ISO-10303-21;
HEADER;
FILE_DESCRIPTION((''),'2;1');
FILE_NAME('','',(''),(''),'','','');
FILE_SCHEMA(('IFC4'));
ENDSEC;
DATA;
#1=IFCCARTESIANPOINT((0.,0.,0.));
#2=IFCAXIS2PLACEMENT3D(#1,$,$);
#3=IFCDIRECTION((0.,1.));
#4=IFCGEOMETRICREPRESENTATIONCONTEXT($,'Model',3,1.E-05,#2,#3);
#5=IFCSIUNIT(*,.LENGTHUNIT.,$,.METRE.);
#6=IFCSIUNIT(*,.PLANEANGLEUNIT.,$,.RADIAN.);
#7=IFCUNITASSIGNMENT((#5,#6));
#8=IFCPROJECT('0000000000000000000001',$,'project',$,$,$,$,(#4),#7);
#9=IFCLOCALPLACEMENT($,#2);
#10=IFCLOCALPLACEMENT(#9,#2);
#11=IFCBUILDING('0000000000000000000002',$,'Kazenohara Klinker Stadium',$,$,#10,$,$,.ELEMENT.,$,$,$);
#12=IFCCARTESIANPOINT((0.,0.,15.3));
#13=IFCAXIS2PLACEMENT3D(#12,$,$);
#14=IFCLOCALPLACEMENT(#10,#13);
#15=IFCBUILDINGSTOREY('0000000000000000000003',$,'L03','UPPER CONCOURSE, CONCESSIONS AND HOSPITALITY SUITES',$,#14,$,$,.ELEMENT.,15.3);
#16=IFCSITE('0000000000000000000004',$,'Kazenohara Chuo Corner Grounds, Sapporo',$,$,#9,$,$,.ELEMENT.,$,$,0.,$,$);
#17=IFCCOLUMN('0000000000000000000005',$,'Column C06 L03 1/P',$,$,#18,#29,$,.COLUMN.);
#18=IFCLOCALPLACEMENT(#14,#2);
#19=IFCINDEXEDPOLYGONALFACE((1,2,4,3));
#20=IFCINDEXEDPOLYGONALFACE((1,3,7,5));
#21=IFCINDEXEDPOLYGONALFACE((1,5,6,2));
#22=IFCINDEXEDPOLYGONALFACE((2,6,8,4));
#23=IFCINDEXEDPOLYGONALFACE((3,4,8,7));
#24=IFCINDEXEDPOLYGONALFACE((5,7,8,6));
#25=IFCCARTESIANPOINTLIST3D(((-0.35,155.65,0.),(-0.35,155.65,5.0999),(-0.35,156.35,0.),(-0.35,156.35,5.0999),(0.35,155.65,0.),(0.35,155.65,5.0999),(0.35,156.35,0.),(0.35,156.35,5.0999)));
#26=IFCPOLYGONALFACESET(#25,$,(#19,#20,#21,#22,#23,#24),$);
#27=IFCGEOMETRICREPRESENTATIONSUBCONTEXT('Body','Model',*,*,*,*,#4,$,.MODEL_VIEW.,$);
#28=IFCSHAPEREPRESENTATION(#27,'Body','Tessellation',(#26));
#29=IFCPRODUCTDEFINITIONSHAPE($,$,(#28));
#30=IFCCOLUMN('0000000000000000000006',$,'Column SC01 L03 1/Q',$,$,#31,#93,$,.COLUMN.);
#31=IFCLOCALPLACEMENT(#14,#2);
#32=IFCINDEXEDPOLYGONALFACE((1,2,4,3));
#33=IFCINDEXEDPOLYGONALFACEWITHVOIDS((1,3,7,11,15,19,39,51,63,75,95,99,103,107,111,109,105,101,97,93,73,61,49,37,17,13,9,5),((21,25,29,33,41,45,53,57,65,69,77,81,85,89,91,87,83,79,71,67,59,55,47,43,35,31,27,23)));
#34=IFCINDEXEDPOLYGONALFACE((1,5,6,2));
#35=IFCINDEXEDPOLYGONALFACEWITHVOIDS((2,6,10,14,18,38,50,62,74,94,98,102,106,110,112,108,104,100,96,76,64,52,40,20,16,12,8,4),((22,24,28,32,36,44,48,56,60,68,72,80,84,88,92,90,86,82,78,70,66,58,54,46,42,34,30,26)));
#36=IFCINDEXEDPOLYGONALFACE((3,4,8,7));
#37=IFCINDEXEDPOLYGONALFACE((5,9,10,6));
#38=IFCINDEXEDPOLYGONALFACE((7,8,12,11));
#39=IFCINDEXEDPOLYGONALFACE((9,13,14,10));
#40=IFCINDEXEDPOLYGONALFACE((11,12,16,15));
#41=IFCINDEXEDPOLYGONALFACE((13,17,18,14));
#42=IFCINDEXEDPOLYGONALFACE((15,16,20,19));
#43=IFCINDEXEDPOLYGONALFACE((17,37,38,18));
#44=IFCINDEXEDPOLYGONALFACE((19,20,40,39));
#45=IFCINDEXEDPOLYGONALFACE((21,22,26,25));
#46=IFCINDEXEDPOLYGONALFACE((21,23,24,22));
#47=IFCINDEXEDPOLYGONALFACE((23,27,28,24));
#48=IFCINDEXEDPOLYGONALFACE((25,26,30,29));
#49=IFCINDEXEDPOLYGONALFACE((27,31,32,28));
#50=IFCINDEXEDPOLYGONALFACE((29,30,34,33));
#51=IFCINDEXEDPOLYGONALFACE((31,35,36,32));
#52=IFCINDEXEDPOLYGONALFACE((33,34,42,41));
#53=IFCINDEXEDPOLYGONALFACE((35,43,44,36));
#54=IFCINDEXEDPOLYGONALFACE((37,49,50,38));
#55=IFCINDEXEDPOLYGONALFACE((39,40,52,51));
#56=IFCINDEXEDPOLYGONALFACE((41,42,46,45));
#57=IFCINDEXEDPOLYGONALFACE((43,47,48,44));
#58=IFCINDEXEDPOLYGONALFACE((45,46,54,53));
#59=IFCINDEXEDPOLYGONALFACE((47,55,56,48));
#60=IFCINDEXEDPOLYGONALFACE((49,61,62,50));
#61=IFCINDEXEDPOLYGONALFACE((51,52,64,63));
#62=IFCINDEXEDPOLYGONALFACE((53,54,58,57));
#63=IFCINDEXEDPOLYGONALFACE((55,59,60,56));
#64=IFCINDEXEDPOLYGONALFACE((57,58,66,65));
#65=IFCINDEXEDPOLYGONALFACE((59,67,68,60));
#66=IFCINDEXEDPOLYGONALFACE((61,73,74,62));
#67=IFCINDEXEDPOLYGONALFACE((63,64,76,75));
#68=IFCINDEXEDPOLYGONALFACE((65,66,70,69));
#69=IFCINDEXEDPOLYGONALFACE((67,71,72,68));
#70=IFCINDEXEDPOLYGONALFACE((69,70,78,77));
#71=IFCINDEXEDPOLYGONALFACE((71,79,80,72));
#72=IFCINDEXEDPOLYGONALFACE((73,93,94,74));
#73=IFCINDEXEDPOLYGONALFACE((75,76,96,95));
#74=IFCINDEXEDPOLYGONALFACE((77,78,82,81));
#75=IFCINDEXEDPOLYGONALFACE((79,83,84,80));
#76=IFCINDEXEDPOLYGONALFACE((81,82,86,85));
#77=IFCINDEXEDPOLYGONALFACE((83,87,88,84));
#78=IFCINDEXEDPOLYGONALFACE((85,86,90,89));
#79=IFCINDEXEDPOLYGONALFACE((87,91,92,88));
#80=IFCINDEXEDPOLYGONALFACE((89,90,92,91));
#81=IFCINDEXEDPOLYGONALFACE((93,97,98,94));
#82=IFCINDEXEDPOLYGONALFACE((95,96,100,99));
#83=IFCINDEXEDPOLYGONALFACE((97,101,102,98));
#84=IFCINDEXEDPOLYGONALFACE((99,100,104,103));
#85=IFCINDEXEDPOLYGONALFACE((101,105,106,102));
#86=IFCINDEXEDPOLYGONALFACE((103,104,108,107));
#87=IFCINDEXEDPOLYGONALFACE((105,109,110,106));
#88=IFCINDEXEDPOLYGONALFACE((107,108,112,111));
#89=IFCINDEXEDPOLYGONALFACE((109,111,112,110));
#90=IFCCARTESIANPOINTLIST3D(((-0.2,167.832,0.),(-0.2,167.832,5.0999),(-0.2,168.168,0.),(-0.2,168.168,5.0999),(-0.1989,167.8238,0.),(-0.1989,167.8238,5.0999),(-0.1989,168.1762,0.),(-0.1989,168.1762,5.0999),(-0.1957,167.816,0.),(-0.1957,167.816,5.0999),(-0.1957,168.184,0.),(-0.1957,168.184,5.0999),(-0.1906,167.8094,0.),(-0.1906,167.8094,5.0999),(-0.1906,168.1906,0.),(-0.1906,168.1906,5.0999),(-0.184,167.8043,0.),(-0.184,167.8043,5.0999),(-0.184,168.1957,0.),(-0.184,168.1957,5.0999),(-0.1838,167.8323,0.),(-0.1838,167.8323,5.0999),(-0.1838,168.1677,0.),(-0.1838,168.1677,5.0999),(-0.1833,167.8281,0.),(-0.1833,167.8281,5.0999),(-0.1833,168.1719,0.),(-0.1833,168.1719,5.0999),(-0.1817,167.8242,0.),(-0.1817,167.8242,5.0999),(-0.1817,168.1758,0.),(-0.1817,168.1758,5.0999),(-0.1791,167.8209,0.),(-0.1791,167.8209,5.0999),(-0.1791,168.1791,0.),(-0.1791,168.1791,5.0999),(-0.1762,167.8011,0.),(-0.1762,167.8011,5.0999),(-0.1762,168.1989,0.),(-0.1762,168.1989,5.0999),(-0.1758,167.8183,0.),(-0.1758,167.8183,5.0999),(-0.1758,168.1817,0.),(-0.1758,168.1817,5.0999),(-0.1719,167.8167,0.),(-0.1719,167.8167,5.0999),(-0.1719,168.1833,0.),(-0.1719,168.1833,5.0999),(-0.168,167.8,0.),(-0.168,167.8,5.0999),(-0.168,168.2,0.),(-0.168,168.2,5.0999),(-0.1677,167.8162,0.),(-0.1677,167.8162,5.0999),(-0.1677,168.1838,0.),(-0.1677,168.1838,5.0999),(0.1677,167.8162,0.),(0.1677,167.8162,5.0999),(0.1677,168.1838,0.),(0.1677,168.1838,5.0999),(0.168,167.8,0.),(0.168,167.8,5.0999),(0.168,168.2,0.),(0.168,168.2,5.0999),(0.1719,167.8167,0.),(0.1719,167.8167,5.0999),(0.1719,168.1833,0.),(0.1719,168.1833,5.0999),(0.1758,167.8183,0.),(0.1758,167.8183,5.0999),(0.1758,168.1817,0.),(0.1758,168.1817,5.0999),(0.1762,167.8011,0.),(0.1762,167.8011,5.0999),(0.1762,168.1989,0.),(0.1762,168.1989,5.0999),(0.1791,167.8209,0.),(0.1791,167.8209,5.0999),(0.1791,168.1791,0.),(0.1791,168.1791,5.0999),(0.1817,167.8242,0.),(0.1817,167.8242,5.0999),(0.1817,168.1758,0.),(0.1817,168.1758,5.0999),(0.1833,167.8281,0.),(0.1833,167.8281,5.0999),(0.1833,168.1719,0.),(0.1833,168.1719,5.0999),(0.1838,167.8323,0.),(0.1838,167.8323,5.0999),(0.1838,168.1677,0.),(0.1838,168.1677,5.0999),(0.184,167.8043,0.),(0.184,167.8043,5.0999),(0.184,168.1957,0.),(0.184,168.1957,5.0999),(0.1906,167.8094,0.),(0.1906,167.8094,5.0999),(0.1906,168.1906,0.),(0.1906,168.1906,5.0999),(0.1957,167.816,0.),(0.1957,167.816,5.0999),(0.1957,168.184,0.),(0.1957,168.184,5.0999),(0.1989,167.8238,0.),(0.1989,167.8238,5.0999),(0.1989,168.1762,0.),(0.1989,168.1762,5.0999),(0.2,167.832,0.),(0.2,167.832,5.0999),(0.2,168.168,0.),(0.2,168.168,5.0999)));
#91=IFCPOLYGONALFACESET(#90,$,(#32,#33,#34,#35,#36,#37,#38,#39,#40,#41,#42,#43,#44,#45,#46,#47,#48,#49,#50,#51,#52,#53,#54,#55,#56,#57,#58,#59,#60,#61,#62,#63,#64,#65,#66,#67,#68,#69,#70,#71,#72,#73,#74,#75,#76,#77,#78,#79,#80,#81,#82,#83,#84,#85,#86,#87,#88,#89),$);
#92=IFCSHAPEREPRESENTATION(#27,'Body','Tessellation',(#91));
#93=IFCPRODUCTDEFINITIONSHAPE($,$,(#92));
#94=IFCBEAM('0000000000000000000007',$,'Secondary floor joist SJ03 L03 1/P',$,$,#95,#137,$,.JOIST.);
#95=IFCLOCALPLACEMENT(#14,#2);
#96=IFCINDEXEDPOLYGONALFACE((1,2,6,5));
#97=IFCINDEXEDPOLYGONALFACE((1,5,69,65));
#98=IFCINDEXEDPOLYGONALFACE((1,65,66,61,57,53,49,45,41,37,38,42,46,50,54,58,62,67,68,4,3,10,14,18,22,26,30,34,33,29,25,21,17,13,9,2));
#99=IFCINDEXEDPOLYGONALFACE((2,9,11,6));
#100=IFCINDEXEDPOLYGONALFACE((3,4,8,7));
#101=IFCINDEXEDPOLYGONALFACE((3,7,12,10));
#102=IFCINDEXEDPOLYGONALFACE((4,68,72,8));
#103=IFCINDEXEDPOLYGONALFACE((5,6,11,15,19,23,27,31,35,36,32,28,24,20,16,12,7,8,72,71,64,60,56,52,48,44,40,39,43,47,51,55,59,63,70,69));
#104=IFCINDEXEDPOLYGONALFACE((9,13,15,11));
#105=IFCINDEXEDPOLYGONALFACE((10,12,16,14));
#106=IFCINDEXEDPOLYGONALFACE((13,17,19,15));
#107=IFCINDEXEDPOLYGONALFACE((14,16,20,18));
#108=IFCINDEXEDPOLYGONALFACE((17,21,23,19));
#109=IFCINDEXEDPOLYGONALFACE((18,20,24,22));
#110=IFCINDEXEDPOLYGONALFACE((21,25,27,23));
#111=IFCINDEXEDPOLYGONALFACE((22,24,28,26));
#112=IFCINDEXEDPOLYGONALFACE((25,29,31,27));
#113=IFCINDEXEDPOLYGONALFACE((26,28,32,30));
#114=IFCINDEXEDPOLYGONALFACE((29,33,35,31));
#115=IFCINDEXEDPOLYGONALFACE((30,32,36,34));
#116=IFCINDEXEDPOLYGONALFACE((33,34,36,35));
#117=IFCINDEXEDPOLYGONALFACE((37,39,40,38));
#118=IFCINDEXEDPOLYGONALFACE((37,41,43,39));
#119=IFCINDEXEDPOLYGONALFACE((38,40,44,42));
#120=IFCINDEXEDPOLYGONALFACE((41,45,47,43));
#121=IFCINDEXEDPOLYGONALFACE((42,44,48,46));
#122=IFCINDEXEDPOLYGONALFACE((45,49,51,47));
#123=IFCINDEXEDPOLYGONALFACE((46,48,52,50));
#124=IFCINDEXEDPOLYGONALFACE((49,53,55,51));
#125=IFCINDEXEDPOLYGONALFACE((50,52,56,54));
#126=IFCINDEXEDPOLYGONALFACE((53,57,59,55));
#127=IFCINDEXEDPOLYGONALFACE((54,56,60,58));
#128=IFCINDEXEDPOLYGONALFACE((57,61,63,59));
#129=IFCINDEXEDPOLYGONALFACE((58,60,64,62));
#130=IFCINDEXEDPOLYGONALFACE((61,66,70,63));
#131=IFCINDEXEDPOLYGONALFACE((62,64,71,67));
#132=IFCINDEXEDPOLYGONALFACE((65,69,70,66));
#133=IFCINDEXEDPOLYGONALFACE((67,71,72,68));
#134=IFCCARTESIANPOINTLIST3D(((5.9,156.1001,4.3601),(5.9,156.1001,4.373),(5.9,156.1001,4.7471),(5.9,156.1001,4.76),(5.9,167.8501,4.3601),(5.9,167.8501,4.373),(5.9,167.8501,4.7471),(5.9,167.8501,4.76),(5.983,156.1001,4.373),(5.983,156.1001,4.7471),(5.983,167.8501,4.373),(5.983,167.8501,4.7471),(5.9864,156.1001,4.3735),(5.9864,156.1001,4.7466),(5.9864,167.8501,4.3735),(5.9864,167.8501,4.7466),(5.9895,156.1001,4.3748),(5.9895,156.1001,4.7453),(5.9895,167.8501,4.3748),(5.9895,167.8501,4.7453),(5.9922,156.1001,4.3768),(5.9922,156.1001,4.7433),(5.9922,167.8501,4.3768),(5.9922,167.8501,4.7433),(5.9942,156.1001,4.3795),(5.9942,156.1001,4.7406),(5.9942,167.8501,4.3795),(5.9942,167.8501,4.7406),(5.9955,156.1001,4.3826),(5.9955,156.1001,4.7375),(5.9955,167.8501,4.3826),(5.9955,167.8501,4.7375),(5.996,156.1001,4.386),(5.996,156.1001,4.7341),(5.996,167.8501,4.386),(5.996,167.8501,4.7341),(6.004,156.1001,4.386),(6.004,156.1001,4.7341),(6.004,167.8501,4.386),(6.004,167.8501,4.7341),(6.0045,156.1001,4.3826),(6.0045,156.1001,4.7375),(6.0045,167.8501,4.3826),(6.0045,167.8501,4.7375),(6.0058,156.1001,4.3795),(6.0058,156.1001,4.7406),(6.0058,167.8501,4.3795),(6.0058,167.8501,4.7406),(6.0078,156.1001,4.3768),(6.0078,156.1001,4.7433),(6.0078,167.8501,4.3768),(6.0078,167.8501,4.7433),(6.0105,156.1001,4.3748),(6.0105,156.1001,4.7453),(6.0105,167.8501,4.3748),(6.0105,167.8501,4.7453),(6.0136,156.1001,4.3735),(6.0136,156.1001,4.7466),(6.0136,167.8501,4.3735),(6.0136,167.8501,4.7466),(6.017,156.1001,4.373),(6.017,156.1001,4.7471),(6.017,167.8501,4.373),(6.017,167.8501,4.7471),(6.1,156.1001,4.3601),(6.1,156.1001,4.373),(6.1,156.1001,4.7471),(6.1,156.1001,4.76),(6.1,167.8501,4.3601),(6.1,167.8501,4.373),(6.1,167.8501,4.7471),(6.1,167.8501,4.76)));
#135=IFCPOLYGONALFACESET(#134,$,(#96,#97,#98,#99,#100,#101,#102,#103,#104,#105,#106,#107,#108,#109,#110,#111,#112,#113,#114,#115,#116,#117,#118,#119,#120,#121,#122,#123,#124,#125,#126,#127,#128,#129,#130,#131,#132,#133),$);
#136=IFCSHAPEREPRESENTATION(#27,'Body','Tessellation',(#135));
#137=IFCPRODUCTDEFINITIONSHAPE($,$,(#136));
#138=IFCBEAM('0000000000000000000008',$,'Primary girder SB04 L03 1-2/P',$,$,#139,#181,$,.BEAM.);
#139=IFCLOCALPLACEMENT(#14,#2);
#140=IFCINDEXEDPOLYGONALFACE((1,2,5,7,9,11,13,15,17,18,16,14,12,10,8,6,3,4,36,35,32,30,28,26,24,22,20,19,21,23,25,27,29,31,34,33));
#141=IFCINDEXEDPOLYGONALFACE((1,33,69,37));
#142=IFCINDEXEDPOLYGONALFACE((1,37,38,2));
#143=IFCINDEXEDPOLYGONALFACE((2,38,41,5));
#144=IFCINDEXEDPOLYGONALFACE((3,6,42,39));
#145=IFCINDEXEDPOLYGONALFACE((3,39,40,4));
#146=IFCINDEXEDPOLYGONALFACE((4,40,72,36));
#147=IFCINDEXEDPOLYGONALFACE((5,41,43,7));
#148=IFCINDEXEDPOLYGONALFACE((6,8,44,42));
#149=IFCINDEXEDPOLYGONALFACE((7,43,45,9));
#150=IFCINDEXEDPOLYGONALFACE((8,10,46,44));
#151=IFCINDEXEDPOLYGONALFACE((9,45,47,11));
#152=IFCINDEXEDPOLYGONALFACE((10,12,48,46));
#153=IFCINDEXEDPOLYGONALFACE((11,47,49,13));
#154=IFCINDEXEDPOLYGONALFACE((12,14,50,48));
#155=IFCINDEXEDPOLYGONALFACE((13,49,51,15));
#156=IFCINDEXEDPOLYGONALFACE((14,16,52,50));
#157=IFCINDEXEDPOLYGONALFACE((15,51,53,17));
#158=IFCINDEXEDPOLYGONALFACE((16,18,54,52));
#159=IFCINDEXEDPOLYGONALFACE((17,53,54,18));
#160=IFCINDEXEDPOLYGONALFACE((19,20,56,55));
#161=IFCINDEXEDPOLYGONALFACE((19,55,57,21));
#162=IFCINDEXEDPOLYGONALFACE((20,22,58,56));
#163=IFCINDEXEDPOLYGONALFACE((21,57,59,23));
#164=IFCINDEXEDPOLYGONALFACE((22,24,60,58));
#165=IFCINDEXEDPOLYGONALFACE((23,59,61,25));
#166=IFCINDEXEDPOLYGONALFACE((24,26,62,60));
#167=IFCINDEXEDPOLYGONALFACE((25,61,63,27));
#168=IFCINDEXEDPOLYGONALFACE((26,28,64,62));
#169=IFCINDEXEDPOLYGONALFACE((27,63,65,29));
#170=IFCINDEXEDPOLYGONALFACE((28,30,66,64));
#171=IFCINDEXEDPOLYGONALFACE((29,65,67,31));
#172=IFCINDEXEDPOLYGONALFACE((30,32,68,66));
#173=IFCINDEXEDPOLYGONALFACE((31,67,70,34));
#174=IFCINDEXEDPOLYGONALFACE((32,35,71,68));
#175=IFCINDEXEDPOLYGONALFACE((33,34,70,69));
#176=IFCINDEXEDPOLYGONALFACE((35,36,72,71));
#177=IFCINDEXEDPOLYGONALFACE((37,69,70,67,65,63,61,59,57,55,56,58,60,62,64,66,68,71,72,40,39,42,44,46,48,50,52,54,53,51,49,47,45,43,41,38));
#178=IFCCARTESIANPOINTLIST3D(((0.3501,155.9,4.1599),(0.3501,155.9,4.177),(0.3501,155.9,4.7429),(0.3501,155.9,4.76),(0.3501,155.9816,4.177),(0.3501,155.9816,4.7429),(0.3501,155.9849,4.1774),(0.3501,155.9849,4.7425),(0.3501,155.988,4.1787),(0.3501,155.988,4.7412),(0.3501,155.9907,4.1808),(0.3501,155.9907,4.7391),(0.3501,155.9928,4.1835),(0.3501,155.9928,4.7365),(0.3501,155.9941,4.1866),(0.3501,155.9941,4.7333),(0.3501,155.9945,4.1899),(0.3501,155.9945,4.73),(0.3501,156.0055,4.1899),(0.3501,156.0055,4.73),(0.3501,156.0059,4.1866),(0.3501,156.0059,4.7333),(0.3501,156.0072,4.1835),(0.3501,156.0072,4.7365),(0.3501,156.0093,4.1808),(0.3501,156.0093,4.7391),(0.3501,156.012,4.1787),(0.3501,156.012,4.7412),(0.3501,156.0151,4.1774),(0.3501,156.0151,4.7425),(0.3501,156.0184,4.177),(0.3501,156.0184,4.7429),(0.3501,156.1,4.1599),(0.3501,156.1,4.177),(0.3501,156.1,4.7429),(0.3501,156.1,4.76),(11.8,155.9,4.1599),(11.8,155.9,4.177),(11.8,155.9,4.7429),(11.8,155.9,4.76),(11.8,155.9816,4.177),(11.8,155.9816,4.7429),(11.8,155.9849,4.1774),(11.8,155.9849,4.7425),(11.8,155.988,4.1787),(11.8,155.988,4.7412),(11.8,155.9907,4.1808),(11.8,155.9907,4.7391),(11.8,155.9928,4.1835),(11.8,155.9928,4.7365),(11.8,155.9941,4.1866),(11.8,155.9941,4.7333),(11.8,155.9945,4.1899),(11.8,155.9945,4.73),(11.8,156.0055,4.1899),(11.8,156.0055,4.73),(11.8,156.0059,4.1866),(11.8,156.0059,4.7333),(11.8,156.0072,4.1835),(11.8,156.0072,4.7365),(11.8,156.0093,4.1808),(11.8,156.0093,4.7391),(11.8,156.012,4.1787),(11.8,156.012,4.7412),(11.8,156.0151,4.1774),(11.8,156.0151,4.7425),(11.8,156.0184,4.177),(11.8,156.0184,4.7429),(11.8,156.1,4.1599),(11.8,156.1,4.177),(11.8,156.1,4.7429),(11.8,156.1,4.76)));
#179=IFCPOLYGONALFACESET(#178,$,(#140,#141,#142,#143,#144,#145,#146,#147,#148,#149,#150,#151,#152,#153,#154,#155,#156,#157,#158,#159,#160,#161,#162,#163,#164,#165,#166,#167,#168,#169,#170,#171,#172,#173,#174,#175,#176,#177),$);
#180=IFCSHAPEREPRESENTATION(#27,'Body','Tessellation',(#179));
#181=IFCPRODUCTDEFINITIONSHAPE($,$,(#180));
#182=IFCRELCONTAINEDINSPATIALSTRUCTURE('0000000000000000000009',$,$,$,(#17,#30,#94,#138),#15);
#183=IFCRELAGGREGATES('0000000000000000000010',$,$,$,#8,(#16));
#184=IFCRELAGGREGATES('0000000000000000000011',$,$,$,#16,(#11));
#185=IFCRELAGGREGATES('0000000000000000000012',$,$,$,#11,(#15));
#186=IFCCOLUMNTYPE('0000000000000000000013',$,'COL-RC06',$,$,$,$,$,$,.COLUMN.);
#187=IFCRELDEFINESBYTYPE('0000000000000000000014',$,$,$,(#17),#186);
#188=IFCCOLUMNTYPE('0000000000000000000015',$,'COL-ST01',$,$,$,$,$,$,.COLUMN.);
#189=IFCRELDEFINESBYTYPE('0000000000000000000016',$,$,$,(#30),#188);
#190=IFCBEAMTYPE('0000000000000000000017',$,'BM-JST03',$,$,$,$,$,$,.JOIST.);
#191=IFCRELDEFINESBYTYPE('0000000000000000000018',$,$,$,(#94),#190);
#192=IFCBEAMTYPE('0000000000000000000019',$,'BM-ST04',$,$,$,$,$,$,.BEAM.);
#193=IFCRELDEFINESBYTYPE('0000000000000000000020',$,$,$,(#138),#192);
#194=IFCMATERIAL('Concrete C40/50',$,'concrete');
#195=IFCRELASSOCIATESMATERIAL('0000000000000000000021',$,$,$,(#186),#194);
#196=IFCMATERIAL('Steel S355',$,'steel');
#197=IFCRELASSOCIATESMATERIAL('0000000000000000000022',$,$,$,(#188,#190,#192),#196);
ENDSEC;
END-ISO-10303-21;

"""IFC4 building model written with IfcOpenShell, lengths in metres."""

from ifc_helpers import new_model, si_unit, direction, frame, origin, origin_2d, place, context, subcontext, project, spatial, rectangle, hollow_rectangle, i_section, extrude, material, material_profile, profile_set, type_object, element, save


model = new_model("IFC4")

# Units and contexts
model_context = context("Model", 3, precision=1e-05, world=origin(), true_north=direction((0.0, 1.0)))
body_context = subcontext(model_context, "Body", "Model", "MODEL_VIEW")
ifc_project = project(units=[si_unit("LENGTHUNIT", "METRE"), si_unit("PLANEANGLEUNIT", "RADIAN")], contexts=[model_context])

# Site, building, storey
site_placement = place(None, origin())
site = spatial("IfcSite", under=ifc_project, at=site_placement, Name="Kazenohara Chuo Corner Grounds, Sapporo", CompositionType="ELEMENT", RefElevation=0.0)
building_placement = place(site_placement, origin())
building = spatial("IfcBuilding", under=site, at=building_placement, Name="Kazenohara Klinker Stadium", CompositionType="ELEMENT")
storey_placement = place(building_placement, frame((0.0, 0.0, 15.3)))
storey = spatial("IfcBuildingStorey", under=building, at=storey_placement, Name="L03", Description="UPPER CONCOURSE, CONCESSIONS AND HOSPITALITY SUITES", CompositionType="ELEMENT", Elevation=15.3)

# Columns
ifc_material_1 = material(Name="Concrete C40/50", Category="concrete")
ifc_material_profile_1 = material_profile(ifc_material_1, rectangle(XDim=0.7, YDim=0.7, at=origin_2d()), Name="RC-COL-700x700")
ifc_profile_set_1 = profile_set([ifc_material_profile_1], Name="Concrete C40/50")
column_type_1 = type_object("IfcColumnType", Name="COL-RC06", PredefinedType="COLUMN", material=ifc_profile_set_1)
column_1_placement = place(storey_placement, frame((0.0, 156.0, 0.0), z_axis=(0.0, 0.0, 1.0), x_axis=(1.0, 0.0, 0.0)))
element("IfcColumn", 1, at=column_1_placement, inside=storey, type_object=column_type_1, Name="Column C06 L03 1/P", PredefinedType="COLUMN", context=body_context, shape_type="SweptSolid", body=[
    extrude(rectangle(XDim=0.7, YDim=0.7, at=origin_2d()), origin(), (0.0, 0.0, 1.0), 5.0999),
])
ifc_material_2 = material(Name="Steel S355", Category="steel")
ifc_material_profile_2 = material_profile(ifc_material_2, hollow_rectangle(XDim=0.3999, YDim=0.3999, WallThickness=0.0161, InnerFilletRadius=0.0161, OuterFilletRadius=0.032, at=origin_2d()), Name="SHS-400x400x16")
ifc_profile_set_2 = profile_set([ifc_material_profile_2], Name="Steel S355")
column_type_2 = type_object("IfcColumnType", Name="COL-ST01", PredefinedType="COLUMN", material=ifc_profile_set_2)
column_2_placement = place(storey_placement, frame((0.0, 168.0, 0.0), z_axis=(0.0, 0.0, 1.0), x_axis=(1.0, 0.0, 0.0)))
element("IfcColumn", 2, at=column_2_placement, inside=storey, type_object=column_type_2, Name="Column SC01 L03 1/Q", PredefinedType="COLUMN", context=body_context, shape_type="SweptSolid", body=[
    extrude(hollow_rectangle(XDim=0.3999, YDim=0.3999, WallThickness=0.0161, InnerFilletRadius=0.0161, OuterFilletRadius=0.032, at=origin_2d()), origin(), (0.0, 0.0, 1.0), 5.0999),
])

# Beams
ifc_material_profile_3 = material_profile(ifc_material_2, i_section(OverallWidth=0.2, OverallDepth=0.3999, WebThickness=0.0081, FlangeThickness=0.0129, FilletRadius=0.0129, at=origin_2d()), Name="H-400x200x8x13")
ifc_profile_set_3 = profile_set([ifc_material_profile_3], Name="Steel S355")
beam_type_1 = type_object("IfcBeamType", Name="BM-JST03", PredefinedType="JOIST", material=ifc_profile_set_3)
beam_1_placement = place(storey_placement, frame((6.0, 156.1001, 4.5601), z_axis=(0.0, 1.0, 0.0), x_axis=(-1.0, 0.0, 0.0)))
element("IfcBeam", 3, at=beam_1_placement, inside=storey, type_object=beam_type_1, Name="Secondary floor joist SJ03 L03 1/P", PredefinedType="JOIST", context=body_context, shape_type="SweptSolid", body=[
    extrude(i_section(OverallWidth=0.2, OverallDepth=0.3999, WebThickness=0.0081, FlangeThickness=0.0129, FilletRadius=0.0129, at=origin_2d()), origin(), (0.0, 0.0, 1.0), 11.75),
])
ifc_material_profile_4 = material_profile(ifc_material_2, i_section(OverallWidth=0.2, OverallDepth=0.6001, WebThickness=0.011, FlangeThickness=0.0171, FilletRadius=0.0129, at=origin_2d()), Name="H-600x200x11x17")
ifc_profile_set_4 = profile_set([ifc_material_profile_4], Name="Steel S355")
beam_type_2 = type_object("IfcBeamType", Name="BM-ST04", PredefinedType="BEAM", material=ifc_profile_set_4)
for number, where, z_axis, x_axis, name in (
    (4, (0.3501, 156.0, 4.46), (1.0, 0.0, 0.0), (0.0, 1.0, 0.0), "Primary girder SB04 L03 1-2/P"),
):
    element("IfcBeam", number, at=place(storey_placement, frame(where, z_axis=z_axis, x_axis=x_axis)), inside=storey, type_object=beam_type_2, Name=name, PredefinedType="BEAM", context=body_context, shape_type="SweptSolid", body=[
        extrude(i_section(OverallWidth=0.2, OverallDepth=0.6001, WebThickness=0.011, FlangeThickness=0.0171, FilletRadius=0.0129, at=origin_2d()), origin(), (0.0, 0.0, 1.0), 11.45),
    ])

save(model, "model.ifc")
